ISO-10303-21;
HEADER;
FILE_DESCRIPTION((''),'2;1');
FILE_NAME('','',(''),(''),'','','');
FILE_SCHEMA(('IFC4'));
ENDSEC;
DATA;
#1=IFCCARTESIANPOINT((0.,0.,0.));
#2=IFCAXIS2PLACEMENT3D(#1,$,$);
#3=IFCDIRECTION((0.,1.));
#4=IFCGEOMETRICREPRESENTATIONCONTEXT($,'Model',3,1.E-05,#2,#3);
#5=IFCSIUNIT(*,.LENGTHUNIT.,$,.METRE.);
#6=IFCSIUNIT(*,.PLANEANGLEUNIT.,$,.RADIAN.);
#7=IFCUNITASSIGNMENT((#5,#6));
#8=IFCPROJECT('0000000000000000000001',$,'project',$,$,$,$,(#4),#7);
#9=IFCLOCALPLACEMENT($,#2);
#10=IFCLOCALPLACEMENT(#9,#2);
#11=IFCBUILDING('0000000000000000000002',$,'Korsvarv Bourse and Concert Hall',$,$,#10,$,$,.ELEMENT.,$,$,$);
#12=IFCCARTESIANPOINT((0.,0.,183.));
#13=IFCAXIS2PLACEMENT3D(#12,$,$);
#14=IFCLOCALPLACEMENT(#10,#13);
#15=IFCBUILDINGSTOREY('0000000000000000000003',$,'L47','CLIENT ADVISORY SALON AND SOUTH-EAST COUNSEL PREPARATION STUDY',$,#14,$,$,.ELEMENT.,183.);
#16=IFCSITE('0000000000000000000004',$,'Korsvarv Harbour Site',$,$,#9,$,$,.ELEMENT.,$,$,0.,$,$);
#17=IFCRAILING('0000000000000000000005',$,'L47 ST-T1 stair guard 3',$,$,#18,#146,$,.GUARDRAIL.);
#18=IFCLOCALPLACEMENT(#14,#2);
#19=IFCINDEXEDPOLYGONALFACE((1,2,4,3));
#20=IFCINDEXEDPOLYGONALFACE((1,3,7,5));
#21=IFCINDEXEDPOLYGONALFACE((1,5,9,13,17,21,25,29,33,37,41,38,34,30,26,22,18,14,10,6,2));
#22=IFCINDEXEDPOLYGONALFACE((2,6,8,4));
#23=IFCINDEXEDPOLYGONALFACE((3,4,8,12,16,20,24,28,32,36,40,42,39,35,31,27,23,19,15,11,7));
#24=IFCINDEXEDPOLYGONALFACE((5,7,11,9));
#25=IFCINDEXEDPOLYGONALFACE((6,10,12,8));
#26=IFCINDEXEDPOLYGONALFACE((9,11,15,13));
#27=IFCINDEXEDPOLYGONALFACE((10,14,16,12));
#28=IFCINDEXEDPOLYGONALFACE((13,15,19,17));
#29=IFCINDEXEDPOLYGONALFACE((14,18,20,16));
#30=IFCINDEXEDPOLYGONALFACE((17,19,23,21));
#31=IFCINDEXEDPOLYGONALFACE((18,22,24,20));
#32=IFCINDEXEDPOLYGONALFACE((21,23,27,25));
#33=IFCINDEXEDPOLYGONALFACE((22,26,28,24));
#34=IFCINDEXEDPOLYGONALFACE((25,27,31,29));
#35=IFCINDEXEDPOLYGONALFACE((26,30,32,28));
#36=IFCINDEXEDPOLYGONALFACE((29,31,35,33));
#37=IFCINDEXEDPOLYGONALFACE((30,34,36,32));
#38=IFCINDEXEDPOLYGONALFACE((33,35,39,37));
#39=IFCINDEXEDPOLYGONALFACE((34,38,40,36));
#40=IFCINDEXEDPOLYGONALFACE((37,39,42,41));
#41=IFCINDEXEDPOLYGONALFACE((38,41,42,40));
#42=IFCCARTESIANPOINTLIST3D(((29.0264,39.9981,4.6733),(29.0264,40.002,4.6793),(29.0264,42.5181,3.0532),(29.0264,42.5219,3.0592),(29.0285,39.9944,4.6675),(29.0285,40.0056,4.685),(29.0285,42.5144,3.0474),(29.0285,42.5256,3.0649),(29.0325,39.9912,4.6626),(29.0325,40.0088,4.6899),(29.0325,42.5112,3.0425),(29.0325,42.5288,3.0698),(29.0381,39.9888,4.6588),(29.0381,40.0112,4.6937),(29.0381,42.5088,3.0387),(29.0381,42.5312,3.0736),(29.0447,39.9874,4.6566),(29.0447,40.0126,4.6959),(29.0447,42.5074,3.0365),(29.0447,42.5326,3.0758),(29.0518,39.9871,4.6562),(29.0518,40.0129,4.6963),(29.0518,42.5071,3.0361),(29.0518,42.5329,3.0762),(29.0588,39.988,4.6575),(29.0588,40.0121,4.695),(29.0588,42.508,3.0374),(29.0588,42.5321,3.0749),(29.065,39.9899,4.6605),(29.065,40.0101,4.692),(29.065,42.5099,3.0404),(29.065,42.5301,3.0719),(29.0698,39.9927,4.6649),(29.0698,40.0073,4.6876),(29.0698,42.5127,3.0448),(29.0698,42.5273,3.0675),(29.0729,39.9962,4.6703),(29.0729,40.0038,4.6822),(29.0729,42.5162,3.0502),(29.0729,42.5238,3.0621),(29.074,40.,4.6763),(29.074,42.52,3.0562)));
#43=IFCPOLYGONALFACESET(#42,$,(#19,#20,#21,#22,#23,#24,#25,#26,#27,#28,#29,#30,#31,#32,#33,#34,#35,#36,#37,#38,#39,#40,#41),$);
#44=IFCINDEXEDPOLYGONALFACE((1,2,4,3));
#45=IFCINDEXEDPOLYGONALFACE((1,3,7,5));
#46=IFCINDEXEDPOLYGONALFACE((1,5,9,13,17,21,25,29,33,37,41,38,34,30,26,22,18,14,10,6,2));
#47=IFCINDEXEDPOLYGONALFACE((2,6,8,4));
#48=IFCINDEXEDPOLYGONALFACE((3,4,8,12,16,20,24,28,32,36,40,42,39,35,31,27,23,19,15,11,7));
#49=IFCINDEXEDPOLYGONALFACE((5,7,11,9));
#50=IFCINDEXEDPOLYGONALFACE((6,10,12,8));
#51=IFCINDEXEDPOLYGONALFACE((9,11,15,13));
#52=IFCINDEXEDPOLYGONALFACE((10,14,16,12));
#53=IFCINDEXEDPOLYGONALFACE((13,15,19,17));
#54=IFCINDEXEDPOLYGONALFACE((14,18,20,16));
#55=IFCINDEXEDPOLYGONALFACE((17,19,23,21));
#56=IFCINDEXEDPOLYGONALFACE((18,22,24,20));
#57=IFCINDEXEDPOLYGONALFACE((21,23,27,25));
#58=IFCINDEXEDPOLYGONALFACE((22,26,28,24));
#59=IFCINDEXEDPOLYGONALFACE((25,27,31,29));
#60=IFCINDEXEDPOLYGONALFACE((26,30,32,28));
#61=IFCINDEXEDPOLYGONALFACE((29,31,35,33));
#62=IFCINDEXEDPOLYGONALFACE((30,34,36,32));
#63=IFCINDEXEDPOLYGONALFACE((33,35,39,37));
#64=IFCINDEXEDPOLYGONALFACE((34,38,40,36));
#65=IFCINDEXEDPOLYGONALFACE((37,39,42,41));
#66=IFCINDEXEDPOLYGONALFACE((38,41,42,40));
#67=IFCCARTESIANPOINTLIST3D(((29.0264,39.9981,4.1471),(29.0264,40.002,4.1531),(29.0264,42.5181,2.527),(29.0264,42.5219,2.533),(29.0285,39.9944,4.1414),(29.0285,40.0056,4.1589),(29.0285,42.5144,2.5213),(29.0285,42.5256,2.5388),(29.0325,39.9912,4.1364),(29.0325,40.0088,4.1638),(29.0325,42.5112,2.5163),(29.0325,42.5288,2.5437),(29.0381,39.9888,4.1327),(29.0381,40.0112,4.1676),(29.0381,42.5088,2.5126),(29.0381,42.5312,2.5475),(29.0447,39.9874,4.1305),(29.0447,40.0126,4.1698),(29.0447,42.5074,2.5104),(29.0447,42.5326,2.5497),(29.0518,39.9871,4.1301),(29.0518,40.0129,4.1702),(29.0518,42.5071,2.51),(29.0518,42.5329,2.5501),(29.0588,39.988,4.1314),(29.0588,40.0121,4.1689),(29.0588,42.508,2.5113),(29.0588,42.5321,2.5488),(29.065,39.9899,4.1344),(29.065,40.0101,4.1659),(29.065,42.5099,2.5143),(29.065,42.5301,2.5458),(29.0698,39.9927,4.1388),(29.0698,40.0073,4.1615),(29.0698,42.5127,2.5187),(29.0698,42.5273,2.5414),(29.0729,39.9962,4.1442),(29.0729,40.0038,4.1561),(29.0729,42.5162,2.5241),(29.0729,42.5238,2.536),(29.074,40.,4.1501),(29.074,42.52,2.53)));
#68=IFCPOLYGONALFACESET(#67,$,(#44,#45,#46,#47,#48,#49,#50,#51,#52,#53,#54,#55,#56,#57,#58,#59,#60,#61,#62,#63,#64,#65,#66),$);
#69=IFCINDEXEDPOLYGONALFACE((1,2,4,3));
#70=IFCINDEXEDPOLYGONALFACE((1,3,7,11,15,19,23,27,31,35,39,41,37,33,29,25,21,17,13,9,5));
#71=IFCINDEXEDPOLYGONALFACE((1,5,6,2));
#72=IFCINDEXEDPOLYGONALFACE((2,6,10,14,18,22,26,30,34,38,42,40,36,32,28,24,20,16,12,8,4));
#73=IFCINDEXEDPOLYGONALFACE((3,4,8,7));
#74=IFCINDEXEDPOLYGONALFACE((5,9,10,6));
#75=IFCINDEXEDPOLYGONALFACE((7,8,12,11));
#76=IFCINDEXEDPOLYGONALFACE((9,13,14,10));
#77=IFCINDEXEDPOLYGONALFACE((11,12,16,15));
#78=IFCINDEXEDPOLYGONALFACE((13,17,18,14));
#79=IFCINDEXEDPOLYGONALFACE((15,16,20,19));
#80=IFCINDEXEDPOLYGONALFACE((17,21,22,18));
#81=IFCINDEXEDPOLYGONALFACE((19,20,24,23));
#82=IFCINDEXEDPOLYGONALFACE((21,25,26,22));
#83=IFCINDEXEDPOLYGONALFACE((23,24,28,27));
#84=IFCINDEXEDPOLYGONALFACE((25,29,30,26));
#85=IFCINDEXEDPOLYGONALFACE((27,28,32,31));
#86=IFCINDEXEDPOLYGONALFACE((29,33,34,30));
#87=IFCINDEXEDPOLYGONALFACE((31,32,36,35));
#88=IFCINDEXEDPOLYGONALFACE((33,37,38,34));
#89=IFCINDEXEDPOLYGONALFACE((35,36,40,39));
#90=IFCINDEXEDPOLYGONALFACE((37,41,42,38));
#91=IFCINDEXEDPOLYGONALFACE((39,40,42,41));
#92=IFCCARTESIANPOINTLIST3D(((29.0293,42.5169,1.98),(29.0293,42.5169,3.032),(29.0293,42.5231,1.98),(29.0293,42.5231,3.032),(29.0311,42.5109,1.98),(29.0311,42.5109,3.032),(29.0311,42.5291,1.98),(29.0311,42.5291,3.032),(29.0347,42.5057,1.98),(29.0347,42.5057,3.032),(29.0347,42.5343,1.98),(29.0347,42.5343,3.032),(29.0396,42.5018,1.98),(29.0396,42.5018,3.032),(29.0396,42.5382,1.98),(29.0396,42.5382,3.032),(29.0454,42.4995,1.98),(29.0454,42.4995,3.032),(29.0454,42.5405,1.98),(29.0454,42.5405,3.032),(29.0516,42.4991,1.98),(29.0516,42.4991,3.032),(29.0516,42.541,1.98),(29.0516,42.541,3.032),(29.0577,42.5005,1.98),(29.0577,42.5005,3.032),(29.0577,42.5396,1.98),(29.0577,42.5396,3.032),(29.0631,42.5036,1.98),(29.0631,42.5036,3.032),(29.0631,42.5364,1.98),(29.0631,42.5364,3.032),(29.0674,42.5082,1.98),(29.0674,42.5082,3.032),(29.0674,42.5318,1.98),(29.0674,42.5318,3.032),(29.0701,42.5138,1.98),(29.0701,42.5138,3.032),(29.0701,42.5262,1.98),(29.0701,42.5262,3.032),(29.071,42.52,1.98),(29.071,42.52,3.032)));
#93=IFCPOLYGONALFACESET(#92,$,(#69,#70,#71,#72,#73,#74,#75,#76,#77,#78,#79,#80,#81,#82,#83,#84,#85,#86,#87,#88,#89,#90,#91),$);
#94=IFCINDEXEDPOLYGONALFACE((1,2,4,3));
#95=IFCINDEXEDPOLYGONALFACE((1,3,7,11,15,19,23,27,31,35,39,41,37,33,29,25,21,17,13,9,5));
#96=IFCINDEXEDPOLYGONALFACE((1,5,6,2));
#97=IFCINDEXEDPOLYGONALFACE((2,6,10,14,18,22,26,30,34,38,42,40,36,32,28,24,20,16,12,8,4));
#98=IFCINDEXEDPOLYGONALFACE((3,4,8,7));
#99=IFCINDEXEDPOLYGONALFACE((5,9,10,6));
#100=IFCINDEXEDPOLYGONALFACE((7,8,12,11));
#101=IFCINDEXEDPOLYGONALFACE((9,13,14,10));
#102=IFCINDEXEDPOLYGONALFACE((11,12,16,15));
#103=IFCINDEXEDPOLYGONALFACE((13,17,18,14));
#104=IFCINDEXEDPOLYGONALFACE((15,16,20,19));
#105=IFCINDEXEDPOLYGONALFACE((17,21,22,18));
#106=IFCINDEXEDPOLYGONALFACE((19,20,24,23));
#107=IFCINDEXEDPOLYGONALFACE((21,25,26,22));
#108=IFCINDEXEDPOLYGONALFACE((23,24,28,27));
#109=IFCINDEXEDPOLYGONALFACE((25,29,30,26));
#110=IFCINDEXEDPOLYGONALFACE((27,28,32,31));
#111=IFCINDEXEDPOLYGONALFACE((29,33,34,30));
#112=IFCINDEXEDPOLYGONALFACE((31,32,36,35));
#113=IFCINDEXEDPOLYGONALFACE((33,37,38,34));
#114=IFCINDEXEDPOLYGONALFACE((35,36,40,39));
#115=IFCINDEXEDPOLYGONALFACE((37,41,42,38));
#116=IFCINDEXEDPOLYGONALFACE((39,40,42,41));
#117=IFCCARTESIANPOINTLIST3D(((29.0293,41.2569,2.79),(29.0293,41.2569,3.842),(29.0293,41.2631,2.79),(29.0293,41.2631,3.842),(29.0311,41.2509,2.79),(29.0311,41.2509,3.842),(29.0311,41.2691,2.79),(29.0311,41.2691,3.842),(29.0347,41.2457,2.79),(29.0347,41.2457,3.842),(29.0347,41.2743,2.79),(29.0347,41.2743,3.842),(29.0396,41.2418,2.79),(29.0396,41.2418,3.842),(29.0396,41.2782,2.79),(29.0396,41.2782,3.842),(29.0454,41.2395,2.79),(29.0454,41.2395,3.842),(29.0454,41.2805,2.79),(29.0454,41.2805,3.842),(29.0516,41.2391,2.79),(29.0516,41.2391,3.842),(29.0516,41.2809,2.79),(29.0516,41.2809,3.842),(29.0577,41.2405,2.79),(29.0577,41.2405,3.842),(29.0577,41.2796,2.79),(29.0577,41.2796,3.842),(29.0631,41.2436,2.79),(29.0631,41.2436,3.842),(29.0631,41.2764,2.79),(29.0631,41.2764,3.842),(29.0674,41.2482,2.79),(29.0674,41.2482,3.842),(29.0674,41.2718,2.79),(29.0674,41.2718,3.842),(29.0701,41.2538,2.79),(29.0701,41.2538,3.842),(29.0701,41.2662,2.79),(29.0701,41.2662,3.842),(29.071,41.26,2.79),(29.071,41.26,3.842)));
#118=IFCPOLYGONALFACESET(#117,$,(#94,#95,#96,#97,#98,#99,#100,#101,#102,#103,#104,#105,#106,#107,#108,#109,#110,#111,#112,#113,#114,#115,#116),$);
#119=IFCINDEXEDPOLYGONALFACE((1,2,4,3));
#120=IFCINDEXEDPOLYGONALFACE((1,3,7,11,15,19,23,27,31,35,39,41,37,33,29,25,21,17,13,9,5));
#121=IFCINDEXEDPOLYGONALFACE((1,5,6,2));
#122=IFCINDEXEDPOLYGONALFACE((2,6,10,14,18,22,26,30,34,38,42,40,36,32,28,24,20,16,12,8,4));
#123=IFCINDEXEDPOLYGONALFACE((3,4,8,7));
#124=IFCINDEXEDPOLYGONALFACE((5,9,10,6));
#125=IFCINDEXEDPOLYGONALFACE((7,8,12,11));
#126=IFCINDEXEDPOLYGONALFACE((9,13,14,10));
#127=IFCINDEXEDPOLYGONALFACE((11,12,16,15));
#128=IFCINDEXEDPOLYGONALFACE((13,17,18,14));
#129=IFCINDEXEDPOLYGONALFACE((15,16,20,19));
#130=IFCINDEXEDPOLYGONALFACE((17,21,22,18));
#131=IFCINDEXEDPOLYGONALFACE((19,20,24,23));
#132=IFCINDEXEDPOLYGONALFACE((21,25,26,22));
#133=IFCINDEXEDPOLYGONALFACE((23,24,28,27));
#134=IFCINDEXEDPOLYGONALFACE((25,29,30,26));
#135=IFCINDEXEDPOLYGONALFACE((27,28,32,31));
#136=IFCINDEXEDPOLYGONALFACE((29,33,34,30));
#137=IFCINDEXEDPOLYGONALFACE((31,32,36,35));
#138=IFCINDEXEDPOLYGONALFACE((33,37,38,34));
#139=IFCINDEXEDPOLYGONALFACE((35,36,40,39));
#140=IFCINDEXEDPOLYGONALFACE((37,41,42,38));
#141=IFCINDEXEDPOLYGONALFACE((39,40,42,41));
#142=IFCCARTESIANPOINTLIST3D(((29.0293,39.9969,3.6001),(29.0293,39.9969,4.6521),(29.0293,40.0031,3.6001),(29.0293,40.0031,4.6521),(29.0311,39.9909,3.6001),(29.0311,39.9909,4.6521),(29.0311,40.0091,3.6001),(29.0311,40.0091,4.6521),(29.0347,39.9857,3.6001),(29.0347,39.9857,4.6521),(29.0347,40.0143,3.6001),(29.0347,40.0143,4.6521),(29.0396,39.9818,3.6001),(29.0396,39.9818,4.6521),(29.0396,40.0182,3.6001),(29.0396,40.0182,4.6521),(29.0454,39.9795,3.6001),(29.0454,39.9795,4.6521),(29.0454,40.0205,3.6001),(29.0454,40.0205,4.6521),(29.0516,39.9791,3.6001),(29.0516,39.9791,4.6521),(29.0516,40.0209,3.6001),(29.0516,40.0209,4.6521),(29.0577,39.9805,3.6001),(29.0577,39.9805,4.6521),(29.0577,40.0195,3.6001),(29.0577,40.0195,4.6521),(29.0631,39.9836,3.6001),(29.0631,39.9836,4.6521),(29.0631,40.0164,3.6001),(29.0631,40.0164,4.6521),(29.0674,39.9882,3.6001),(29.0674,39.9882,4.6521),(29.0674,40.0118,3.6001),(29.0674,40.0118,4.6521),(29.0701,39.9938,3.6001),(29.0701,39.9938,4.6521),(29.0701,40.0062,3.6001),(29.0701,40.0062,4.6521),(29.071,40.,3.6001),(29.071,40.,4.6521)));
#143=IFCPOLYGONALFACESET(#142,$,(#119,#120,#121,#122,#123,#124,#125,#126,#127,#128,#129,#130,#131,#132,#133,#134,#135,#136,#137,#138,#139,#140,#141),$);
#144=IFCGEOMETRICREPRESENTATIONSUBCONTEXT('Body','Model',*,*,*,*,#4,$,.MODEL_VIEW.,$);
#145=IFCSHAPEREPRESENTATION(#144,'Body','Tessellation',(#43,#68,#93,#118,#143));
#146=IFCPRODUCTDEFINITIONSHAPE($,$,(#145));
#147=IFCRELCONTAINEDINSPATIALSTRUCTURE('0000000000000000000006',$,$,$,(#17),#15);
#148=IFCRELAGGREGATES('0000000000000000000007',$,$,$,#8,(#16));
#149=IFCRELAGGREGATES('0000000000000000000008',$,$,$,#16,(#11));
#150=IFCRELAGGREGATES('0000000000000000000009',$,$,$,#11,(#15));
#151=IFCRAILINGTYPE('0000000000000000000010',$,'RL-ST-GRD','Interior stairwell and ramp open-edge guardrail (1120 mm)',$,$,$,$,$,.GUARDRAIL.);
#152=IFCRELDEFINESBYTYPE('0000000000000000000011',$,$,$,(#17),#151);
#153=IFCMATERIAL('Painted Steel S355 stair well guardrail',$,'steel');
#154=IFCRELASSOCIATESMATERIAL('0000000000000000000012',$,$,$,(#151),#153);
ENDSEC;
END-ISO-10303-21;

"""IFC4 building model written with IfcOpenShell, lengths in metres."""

from ifc_helpers import new_model, si_unit, direction, frame, origin, origin_2d, place, context, subcontext, project, spatial, circle, extrude, material, type_object, element, save


model = new_model("IFC4")

# Units and contexts
model_context = context("Model", 3, precision=1e-05, world=origin(), true_north=direction((0.0, 1.0)))
body_context = subcontext(model_context, "Body", "Model", "MODEL_VIEW")
ifc_project = project(units=[si_unit("LENGTHUNIT", "METRE"), si_unit("PLANEANGLEUNIT", "RADIAN")], contexts=[model_context])

# Site, building, storey
site_placement = place(None, origin())
site = spatial("IfcSite", under=ifc_project, at=site_placement, Name="Korsvarv Harbour Site", CompositionType="ELEMENT", RefElevation=0.0)
building_placement = place(site_placement, origin())
building = spatial("IfcBuilding", under=site, at=building_placement, Name="Korsvarv Bourse and Concert Hall", CompositionType="ELEMENT")
storey_placement = place(building_placement, frame((0.0, 0.0, 183.0)))
storey = spatial("IfcBuildingStorey", under=building, at=storey_placement, Name="L47", Description="CLIENT ADVISORY SALON AND SOUTH-EAST COUNSEL PREPARATION STUDY", CompositionType="ELEMENT", Elevation=183.0)

# Railing
ifc_material_1 = material(Name="Painted Steel S355 stair well guardrail", Category="steel")
railing_type_1 = type_object("IfcRailingType", Name="RL-ST-GRD", Description="Interior stairwell and ramp open-edge guardrail (1120 mm)", PredefinedType="GUARDRAIL", material=ifc_material_1)
railing_1_placement = place(storey_placement, frame((29.05, 42.52, 1.98)))
element("IfcRailing", 1, at=railing_1_placement, inside=storey, type_object=railing_type_1, Name="L47 ST-T1 stair guard 3", PredefinedType="GUARDRAIL", context=body_context, shape_type="SweptSolid", body=[
    extrude(circle(Radius=0.0239, at=origin_2d()), frame((0.0, 0.0, 1.0762), z_axis=(0.0, -0.841163, 0.540782), x_axis=(1.0, 0.0, 0.0)), (0.0, 0.0, 1.0), 2.9958),
    extrude(circle(Radius=0.0239, at=origin_2d()), frame((0.0, 0.0, 0.55), z_axis=(0.0, -0.841163, 0.540782), x_axis=(1.0, 0.0, 0.0)), (0.0, 0.0, 1.0), 2.9958),
    extrude(circle(Radius=0.021, at=origin_2d()), origin(), (0.0, 0.0, 1.0), 1.052),
    extrude(circle(Radius=0.021, at=origin_2d()), frame((0.0, -1.26, 0.8101)), (0.0, 0.0, 1.0), 1.052),
    extrude(circle(Radius=0.021, at=origin_2d()), frame((0.0, -2.52, 1.6201)), (0.0, 0.0, 1.0), 1.052),
])

save(model, "model.ifc")
